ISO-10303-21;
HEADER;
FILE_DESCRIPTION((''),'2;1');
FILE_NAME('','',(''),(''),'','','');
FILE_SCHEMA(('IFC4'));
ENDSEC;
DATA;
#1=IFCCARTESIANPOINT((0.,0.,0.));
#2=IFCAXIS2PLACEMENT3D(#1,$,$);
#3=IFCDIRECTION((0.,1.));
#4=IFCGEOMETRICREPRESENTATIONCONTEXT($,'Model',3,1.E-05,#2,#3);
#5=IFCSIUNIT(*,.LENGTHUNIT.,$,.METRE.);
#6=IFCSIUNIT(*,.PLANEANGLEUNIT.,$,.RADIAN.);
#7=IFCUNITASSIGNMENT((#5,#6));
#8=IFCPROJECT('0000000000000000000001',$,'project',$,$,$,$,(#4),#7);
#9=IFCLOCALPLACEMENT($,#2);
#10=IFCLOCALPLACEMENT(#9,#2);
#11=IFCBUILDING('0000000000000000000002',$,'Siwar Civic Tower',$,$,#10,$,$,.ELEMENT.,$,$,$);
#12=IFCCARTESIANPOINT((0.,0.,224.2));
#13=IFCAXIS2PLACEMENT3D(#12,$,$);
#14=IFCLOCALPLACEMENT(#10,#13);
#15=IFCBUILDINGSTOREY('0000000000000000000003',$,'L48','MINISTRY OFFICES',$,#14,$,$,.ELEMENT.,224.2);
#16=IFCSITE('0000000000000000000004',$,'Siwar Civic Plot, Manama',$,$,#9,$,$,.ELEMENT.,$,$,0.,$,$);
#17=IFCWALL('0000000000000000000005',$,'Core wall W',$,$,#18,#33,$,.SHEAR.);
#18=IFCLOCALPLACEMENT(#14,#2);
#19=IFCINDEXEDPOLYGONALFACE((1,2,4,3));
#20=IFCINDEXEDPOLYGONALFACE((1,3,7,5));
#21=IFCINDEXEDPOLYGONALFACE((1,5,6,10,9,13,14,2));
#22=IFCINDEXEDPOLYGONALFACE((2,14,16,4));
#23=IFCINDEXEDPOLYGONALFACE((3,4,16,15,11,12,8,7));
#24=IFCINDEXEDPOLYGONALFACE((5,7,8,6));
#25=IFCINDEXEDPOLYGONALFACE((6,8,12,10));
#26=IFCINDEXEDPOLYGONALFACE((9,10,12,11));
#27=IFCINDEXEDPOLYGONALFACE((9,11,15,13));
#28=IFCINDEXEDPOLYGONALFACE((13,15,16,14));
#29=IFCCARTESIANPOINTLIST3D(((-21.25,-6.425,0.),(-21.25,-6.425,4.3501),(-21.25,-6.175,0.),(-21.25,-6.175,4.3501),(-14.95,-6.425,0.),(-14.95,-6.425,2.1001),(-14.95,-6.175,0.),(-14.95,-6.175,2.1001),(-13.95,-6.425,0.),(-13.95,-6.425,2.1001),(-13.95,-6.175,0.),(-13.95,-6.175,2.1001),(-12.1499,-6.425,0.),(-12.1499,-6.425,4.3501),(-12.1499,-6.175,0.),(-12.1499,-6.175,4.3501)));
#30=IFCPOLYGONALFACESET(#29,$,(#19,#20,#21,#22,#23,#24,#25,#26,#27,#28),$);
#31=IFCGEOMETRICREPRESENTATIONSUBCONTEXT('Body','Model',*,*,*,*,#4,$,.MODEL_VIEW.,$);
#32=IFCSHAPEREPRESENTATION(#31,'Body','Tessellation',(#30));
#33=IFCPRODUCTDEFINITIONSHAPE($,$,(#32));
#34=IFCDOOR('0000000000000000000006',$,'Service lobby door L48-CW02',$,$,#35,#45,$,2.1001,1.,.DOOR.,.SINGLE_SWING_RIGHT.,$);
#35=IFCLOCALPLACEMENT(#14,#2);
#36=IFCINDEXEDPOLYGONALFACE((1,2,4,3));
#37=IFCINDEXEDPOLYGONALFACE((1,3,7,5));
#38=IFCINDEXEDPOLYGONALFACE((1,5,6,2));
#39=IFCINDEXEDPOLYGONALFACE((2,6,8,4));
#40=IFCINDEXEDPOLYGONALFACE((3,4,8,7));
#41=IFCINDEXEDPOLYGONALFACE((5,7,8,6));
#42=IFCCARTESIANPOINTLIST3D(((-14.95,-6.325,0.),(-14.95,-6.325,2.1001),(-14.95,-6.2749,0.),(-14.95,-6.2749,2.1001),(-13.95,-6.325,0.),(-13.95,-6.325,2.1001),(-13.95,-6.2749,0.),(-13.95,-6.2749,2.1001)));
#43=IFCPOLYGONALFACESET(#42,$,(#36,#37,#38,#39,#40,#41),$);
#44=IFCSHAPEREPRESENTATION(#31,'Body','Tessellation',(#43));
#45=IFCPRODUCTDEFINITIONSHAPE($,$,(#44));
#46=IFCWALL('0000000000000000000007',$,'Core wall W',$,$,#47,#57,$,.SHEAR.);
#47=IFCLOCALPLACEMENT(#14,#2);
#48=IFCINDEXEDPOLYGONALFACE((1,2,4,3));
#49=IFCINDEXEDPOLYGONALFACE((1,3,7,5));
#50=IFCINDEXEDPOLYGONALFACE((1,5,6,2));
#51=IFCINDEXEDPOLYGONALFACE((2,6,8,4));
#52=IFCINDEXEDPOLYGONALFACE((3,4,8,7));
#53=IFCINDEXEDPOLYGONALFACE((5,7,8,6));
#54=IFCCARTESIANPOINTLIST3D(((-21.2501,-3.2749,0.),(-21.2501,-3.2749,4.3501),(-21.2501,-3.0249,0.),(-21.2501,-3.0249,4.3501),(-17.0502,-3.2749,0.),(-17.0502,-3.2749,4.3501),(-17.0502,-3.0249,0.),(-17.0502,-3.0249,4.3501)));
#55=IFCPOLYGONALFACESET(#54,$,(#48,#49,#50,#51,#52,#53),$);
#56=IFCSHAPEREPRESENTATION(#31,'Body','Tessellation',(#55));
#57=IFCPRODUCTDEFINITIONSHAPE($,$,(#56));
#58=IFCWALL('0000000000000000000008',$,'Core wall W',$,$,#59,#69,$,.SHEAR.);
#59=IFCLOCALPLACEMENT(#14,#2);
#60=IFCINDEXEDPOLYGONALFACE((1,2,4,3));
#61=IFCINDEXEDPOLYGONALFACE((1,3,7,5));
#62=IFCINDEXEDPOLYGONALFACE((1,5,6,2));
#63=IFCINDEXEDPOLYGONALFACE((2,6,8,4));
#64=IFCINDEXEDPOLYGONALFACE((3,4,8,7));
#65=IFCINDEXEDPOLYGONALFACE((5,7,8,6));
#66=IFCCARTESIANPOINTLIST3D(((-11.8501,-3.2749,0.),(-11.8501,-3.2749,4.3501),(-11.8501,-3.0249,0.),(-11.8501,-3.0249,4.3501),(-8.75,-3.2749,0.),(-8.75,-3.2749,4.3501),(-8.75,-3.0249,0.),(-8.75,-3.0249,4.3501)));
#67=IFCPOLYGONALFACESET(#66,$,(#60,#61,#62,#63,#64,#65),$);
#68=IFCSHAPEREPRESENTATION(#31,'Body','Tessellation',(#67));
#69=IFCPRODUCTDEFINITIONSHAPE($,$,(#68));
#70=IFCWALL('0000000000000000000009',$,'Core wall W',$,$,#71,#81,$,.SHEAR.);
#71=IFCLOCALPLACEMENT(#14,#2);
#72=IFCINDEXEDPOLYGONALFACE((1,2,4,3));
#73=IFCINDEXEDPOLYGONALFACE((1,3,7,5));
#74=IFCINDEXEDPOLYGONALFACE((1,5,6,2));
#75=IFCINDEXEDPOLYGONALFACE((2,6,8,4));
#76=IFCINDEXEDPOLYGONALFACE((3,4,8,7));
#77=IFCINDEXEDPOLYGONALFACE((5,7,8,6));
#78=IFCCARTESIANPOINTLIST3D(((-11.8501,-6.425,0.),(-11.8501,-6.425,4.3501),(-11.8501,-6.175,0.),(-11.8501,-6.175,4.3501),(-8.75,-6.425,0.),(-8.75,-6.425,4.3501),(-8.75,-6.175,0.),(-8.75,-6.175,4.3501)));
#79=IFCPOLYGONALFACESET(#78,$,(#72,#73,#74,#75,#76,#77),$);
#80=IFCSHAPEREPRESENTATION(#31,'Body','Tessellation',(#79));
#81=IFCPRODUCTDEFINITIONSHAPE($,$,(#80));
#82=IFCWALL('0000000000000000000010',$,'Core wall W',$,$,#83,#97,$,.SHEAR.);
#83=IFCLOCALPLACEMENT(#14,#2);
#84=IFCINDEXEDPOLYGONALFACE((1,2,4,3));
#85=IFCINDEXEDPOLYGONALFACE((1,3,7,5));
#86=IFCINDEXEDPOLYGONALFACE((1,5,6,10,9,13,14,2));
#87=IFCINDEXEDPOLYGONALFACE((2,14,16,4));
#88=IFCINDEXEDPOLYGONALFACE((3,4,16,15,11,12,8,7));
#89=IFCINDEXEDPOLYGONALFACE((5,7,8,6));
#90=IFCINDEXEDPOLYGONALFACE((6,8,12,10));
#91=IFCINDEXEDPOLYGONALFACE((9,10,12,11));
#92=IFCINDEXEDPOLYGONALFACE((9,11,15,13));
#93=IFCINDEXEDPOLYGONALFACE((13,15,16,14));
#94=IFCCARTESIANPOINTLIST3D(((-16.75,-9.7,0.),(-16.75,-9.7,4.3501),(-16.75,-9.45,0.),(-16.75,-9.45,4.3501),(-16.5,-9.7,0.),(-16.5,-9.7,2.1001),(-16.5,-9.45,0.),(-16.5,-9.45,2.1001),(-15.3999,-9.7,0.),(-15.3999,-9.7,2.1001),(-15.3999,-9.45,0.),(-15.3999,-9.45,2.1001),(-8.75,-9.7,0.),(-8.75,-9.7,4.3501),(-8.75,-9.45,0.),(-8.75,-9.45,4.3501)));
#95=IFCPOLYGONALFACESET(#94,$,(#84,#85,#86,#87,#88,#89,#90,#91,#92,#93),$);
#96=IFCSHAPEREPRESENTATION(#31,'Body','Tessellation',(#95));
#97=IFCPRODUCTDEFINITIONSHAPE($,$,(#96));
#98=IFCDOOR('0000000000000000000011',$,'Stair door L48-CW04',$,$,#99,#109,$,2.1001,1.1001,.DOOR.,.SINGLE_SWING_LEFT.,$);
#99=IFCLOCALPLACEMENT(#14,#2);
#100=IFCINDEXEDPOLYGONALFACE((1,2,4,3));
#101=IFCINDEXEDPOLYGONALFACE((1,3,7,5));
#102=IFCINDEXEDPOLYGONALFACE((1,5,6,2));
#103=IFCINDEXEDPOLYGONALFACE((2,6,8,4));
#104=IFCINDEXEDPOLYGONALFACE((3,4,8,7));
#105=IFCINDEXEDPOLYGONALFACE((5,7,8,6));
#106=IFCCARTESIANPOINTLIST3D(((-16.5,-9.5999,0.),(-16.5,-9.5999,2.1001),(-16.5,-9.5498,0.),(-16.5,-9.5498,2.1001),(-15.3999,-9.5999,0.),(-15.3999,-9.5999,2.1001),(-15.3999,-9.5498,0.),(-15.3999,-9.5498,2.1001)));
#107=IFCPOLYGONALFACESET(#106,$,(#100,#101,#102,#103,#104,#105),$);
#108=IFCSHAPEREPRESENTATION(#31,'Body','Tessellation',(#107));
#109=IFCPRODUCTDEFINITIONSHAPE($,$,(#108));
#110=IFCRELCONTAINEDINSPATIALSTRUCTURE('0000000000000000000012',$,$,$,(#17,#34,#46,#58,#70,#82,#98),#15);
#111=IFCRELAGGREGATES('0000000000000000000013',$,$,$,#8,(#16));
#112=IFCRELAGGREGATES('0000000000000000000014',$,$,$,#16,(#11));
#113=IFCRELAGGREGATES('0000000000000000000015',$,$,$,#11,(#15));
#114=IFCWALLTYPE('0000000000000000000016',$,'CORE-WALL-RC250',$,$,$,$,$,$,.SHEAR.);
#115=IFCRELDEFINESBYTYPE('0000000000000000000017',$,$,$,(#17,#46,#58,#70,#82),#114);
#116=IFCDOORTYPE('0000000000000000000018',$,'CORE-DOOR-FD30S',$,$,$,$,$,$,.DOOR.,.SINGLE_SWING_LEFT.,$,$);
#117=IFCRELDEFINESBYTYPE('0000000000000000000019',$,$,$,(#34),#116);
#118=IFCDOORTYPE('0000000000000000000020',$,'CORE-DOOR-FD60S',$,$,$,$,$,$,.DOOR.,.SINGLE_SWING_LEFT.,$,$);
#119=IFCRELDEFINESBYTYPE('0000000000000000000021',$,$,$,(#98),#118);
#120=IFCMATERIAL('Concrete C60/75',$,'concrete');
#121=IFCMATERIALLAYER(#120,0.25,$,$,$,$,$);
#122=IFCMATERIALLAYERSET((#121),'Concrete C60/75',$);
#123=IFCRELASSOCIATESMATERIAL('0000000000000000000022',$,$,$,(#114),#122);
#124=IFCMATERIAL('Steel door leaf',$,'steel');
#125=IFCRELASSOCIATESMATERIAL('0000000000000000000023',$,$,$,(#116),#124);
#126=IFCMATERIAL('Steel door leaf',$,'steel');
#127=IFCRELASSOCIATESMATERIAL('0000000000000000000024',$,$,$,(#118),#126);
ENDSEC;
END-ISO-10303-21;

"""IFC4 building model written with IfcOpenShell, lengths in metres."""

from ifc_helpers import new_model, si_unit, direction, frame, frame_2d, origin, place, context, subcontext, project, spatial, rectangle, extrude, material, layer, layer_set, type_object, element, fill, save


model = new_model("IFC4")

# Units and contexts
model_context = context("Model", 3, precision=1e-05, world=origin(), true_north=direction((0.0, 1.0)))
body_context = subcontext(model_context, "Body", "Model", "MODEL_VIEW")
ifc_project = project(units=[si_unit("LENGTHUNIT", "METRE"), si_unit("PLANEANGLEUNIT", "RADIAN")], contexts=[model_context])

# Site, building, storey
site_placement = place(None, origin())
site = spatial("IfcSite", under=ifc_project, at=site_placement, Name="Siwar Civic Plot, Manama", CompositionType="ELEMENT", RefElevation=0.0)
building_placement = place(site_placement, origin())
building = spatial("IfcBuilding", under=site, at=building_placement, Name="Siwar Civic Tower", CompositionType="ELEMENT")
storey_placement = place(building_placement, frame((0.0, 0.0, 224.2)))
storey = spatial("IfcBuildingStorey", under=building, at=storey_placement, Name="L48", Description="MINISTRY OFFICES", CompositionType="ELEMENT", Elevation=224.2)

# Wall, opening, door
ifc_material_1 = material(Name="Concrete C60/75", Category="concrete")
ifc_layer_1 = layer(ifc_material_1, 0.25)
ifc_layer_set_1 = layer_set([ifc_layer_1], Name="Concrete C60/75")
wall_type_1 = type_object("IfcWallType", Name="CORE-WALL-RC250", PredefinedType="SHEAR", material=ifc_layer_set_1)
wall_1_placement = place(storey_placement, frame((-12.1499, -6.3, 0.0), z_axis=(0.0, 0.0, 1.0), x_axis=(-1.0, 0.0, 0.0)))
wall_1 = element("IfcWall", 1, at=wall_1_placement, inside=storey, type_object=wall_type_1, Name="Core wall W", PredefinedType="SHEAR", context=body_context, shape_type="SweptSolid", body=[
    extrude(rectangle(XDim=9.1001, YDim=0.25, at=frame_2d((4.55, 0.0))), origin(), (0.0, 0.0, 1.0), 4.3501),
])
opening_1_placement = place(wall_1_placement, frame((1.8, 0.0, 0.0)))
opening_1 = element("IfcOpeningElement", 2, at=opening_1_placement, cuts=wall_1, PredefinedType="OPENING", context=body_context, shape_type="SweptSolid", body=[
    extrude(rectangle(XDim=1.0, YDim=2.1001, at=frame_2d((0.5, 1.05))), frame((0.0, 0.135, 0.0), z_axis=(0.0, -1.0, 0.0), x_axis=(1.0, 0.0, 0.0)), (0.0, 0.0, 1.0), 0.27),
])
ifc_material_2 = material(Name="Steel door leaf", Category="steel")
door_type_1 = type_object("IfcDoorType", Name="CORE-DOOR-FD30S", OperationType="SINGLE_SWING_LEFT", PredefinedType="DOOR", material=ifc_material_2)
door_1_placement = place(opening_1_placement, origin())
door_1 = element("IfcDoor", 3, at=door_1_placement, inside=storey, type_object=door_type_1, Name="Service lobby door L48-CW02", OperationType="SINGLE_SWING_RIGHT", OverallHeight=2.1001, OverallWidth=1.0, PredefinedType="DOOR", context=body_context, shape_type="SweptSolid", body=[
    extrude(rectangle(XDim=1.0, YDim=2.1001, at=frame_2d((0.5, 1.05))), frame((0.0, 0.0249, 0.0), z_axis=(0.0, -1.0, 0.0), x_axis=(1.0, 0.0, 0.0)), (0.0, 0.0, 1.0), 0.05),
])
fill(opening_1, door_1)

# Walls
wall_2_placement = place(storey_placement, frame((-17.05, -3.1499, 0.0), z_axis=(0.0, 0.0, 1.0), x_axis=(-1.0, 0.0, 0.0)))
element("IfcWall", 4, at=wall_2_placement, inside=storey, type_object=wall_type_1, Name="Core wall W", PredefinedType="SHEAR", context=body_context, shape_type="SweptSolid", body=[
    extrude(rectangle(XDim=4.2, YDim=0.25, at=frame_2d((2.1001, 0.0))), origin(), (0.0, 0.0, 1.0), 4.3501),
])
for number, where, z_axis, x_axis, name in (
    (5, (-8.75, -3.1499, 0.0), (0.0, 0.0, 1.0), (-1.0, 0.0, 0.0), "Core wall W"),
    (6, (-8.75, -6.3, 0.0), (0.0, 0.0, 1.0), (-1.0, 0.0, 0.0), "Core wall W"),
):
    element("IfcWall", number, at=place(storey_placement, frame(where, z_axis=z_axis, x_axis=x_axis)), inside=storey, type_object=wall_type_1, Name=name, PredefinedType="SHEAR", context=body_context, shape_type="SweptSolid", body=[
        extrude(rectangle(XDim=3.1001, YDim=0.25, at=frame_2d((1.55, 0.0))), origin(), (0.0, 0.0, 1.0), 4.3501),
    ])

# Wall, opening, door
wall_3_placement = place(storey_placement, frame((-8.75, -9.575, 0.0), z_axis=(0.0, 0.0, 1.0), x_axis=(-1.0, 0.0, 0.0)))
wall_3 = element("IfcWall", 7, at=wall_3_placement, inside=storey, type_object=wall_type_1, Name="Core wall W", PredefinedType="SHEAR", context=body_context, shape_type="SweptSolid", body=[
    extrude(rectangle(XDim=8.0, YDim=0.25, at=frame_2d((4.0, 0.0))), origin(), (0.0, 0.0, 1.0), 4.3501),
])
opening_2_placement = place(wall_3_placement, frame((6.6499, 0.0, 0.0)))
opening_2 = element("IfcOpeningElement", 8, at=opening_2_placement, cuts=wall_3, PredefinedType="OPENING", context=body_context, shape_type="SweptSolid", body=[
    extrude(rectangle(XDim=1.1001, YDim=2.1001, at=frame_2d((0.55, 1.05))), frame((0.0, 0.135, 0.0), z_axis=(0.0, -1.0, 0.0), x_axis=(1.0, 0.0, 0.0)), (0.0, 0.0, 1.0), 0.27),
])
ifc_material_3 = material(Name="Steel door leaf", Category="steel")
door_type_2 = type_object("IfcDoorType", Name="CORE-DOOR-FD60S", OperationType="SINGLE_SWING_LEFT", PredefinedType="DOOR", material=ifc_material_3)
door_2_placement = place(opening_2_placement, origin())
door_2 = element("IfcDoor", 9, at=door_2_placement, inside=storey, type_object=door_type_2, Name="Stair door L48-CW04", OperationType="SINGLE_SWING_LEFT", OverallHeight=2.1001, OverallWidth=1.1001, PredefinedType="DOOR", context=body_context, shape_type="SweptSolid", body=[
    extrude(rectangle(XDim=1.1001, YDim=2.1001, at=frame_2d((0.55, 1.05))), frame((0.0, 0.0249, 0.0), z_axis=(0.0, -1.0, 0.0), x_axis=(1.0, 0.0, 0.0)), (0.0, 0.0, 1.0), 0.05),
])
fill(opening_2, door_2)

save(model, "model.ifc")
